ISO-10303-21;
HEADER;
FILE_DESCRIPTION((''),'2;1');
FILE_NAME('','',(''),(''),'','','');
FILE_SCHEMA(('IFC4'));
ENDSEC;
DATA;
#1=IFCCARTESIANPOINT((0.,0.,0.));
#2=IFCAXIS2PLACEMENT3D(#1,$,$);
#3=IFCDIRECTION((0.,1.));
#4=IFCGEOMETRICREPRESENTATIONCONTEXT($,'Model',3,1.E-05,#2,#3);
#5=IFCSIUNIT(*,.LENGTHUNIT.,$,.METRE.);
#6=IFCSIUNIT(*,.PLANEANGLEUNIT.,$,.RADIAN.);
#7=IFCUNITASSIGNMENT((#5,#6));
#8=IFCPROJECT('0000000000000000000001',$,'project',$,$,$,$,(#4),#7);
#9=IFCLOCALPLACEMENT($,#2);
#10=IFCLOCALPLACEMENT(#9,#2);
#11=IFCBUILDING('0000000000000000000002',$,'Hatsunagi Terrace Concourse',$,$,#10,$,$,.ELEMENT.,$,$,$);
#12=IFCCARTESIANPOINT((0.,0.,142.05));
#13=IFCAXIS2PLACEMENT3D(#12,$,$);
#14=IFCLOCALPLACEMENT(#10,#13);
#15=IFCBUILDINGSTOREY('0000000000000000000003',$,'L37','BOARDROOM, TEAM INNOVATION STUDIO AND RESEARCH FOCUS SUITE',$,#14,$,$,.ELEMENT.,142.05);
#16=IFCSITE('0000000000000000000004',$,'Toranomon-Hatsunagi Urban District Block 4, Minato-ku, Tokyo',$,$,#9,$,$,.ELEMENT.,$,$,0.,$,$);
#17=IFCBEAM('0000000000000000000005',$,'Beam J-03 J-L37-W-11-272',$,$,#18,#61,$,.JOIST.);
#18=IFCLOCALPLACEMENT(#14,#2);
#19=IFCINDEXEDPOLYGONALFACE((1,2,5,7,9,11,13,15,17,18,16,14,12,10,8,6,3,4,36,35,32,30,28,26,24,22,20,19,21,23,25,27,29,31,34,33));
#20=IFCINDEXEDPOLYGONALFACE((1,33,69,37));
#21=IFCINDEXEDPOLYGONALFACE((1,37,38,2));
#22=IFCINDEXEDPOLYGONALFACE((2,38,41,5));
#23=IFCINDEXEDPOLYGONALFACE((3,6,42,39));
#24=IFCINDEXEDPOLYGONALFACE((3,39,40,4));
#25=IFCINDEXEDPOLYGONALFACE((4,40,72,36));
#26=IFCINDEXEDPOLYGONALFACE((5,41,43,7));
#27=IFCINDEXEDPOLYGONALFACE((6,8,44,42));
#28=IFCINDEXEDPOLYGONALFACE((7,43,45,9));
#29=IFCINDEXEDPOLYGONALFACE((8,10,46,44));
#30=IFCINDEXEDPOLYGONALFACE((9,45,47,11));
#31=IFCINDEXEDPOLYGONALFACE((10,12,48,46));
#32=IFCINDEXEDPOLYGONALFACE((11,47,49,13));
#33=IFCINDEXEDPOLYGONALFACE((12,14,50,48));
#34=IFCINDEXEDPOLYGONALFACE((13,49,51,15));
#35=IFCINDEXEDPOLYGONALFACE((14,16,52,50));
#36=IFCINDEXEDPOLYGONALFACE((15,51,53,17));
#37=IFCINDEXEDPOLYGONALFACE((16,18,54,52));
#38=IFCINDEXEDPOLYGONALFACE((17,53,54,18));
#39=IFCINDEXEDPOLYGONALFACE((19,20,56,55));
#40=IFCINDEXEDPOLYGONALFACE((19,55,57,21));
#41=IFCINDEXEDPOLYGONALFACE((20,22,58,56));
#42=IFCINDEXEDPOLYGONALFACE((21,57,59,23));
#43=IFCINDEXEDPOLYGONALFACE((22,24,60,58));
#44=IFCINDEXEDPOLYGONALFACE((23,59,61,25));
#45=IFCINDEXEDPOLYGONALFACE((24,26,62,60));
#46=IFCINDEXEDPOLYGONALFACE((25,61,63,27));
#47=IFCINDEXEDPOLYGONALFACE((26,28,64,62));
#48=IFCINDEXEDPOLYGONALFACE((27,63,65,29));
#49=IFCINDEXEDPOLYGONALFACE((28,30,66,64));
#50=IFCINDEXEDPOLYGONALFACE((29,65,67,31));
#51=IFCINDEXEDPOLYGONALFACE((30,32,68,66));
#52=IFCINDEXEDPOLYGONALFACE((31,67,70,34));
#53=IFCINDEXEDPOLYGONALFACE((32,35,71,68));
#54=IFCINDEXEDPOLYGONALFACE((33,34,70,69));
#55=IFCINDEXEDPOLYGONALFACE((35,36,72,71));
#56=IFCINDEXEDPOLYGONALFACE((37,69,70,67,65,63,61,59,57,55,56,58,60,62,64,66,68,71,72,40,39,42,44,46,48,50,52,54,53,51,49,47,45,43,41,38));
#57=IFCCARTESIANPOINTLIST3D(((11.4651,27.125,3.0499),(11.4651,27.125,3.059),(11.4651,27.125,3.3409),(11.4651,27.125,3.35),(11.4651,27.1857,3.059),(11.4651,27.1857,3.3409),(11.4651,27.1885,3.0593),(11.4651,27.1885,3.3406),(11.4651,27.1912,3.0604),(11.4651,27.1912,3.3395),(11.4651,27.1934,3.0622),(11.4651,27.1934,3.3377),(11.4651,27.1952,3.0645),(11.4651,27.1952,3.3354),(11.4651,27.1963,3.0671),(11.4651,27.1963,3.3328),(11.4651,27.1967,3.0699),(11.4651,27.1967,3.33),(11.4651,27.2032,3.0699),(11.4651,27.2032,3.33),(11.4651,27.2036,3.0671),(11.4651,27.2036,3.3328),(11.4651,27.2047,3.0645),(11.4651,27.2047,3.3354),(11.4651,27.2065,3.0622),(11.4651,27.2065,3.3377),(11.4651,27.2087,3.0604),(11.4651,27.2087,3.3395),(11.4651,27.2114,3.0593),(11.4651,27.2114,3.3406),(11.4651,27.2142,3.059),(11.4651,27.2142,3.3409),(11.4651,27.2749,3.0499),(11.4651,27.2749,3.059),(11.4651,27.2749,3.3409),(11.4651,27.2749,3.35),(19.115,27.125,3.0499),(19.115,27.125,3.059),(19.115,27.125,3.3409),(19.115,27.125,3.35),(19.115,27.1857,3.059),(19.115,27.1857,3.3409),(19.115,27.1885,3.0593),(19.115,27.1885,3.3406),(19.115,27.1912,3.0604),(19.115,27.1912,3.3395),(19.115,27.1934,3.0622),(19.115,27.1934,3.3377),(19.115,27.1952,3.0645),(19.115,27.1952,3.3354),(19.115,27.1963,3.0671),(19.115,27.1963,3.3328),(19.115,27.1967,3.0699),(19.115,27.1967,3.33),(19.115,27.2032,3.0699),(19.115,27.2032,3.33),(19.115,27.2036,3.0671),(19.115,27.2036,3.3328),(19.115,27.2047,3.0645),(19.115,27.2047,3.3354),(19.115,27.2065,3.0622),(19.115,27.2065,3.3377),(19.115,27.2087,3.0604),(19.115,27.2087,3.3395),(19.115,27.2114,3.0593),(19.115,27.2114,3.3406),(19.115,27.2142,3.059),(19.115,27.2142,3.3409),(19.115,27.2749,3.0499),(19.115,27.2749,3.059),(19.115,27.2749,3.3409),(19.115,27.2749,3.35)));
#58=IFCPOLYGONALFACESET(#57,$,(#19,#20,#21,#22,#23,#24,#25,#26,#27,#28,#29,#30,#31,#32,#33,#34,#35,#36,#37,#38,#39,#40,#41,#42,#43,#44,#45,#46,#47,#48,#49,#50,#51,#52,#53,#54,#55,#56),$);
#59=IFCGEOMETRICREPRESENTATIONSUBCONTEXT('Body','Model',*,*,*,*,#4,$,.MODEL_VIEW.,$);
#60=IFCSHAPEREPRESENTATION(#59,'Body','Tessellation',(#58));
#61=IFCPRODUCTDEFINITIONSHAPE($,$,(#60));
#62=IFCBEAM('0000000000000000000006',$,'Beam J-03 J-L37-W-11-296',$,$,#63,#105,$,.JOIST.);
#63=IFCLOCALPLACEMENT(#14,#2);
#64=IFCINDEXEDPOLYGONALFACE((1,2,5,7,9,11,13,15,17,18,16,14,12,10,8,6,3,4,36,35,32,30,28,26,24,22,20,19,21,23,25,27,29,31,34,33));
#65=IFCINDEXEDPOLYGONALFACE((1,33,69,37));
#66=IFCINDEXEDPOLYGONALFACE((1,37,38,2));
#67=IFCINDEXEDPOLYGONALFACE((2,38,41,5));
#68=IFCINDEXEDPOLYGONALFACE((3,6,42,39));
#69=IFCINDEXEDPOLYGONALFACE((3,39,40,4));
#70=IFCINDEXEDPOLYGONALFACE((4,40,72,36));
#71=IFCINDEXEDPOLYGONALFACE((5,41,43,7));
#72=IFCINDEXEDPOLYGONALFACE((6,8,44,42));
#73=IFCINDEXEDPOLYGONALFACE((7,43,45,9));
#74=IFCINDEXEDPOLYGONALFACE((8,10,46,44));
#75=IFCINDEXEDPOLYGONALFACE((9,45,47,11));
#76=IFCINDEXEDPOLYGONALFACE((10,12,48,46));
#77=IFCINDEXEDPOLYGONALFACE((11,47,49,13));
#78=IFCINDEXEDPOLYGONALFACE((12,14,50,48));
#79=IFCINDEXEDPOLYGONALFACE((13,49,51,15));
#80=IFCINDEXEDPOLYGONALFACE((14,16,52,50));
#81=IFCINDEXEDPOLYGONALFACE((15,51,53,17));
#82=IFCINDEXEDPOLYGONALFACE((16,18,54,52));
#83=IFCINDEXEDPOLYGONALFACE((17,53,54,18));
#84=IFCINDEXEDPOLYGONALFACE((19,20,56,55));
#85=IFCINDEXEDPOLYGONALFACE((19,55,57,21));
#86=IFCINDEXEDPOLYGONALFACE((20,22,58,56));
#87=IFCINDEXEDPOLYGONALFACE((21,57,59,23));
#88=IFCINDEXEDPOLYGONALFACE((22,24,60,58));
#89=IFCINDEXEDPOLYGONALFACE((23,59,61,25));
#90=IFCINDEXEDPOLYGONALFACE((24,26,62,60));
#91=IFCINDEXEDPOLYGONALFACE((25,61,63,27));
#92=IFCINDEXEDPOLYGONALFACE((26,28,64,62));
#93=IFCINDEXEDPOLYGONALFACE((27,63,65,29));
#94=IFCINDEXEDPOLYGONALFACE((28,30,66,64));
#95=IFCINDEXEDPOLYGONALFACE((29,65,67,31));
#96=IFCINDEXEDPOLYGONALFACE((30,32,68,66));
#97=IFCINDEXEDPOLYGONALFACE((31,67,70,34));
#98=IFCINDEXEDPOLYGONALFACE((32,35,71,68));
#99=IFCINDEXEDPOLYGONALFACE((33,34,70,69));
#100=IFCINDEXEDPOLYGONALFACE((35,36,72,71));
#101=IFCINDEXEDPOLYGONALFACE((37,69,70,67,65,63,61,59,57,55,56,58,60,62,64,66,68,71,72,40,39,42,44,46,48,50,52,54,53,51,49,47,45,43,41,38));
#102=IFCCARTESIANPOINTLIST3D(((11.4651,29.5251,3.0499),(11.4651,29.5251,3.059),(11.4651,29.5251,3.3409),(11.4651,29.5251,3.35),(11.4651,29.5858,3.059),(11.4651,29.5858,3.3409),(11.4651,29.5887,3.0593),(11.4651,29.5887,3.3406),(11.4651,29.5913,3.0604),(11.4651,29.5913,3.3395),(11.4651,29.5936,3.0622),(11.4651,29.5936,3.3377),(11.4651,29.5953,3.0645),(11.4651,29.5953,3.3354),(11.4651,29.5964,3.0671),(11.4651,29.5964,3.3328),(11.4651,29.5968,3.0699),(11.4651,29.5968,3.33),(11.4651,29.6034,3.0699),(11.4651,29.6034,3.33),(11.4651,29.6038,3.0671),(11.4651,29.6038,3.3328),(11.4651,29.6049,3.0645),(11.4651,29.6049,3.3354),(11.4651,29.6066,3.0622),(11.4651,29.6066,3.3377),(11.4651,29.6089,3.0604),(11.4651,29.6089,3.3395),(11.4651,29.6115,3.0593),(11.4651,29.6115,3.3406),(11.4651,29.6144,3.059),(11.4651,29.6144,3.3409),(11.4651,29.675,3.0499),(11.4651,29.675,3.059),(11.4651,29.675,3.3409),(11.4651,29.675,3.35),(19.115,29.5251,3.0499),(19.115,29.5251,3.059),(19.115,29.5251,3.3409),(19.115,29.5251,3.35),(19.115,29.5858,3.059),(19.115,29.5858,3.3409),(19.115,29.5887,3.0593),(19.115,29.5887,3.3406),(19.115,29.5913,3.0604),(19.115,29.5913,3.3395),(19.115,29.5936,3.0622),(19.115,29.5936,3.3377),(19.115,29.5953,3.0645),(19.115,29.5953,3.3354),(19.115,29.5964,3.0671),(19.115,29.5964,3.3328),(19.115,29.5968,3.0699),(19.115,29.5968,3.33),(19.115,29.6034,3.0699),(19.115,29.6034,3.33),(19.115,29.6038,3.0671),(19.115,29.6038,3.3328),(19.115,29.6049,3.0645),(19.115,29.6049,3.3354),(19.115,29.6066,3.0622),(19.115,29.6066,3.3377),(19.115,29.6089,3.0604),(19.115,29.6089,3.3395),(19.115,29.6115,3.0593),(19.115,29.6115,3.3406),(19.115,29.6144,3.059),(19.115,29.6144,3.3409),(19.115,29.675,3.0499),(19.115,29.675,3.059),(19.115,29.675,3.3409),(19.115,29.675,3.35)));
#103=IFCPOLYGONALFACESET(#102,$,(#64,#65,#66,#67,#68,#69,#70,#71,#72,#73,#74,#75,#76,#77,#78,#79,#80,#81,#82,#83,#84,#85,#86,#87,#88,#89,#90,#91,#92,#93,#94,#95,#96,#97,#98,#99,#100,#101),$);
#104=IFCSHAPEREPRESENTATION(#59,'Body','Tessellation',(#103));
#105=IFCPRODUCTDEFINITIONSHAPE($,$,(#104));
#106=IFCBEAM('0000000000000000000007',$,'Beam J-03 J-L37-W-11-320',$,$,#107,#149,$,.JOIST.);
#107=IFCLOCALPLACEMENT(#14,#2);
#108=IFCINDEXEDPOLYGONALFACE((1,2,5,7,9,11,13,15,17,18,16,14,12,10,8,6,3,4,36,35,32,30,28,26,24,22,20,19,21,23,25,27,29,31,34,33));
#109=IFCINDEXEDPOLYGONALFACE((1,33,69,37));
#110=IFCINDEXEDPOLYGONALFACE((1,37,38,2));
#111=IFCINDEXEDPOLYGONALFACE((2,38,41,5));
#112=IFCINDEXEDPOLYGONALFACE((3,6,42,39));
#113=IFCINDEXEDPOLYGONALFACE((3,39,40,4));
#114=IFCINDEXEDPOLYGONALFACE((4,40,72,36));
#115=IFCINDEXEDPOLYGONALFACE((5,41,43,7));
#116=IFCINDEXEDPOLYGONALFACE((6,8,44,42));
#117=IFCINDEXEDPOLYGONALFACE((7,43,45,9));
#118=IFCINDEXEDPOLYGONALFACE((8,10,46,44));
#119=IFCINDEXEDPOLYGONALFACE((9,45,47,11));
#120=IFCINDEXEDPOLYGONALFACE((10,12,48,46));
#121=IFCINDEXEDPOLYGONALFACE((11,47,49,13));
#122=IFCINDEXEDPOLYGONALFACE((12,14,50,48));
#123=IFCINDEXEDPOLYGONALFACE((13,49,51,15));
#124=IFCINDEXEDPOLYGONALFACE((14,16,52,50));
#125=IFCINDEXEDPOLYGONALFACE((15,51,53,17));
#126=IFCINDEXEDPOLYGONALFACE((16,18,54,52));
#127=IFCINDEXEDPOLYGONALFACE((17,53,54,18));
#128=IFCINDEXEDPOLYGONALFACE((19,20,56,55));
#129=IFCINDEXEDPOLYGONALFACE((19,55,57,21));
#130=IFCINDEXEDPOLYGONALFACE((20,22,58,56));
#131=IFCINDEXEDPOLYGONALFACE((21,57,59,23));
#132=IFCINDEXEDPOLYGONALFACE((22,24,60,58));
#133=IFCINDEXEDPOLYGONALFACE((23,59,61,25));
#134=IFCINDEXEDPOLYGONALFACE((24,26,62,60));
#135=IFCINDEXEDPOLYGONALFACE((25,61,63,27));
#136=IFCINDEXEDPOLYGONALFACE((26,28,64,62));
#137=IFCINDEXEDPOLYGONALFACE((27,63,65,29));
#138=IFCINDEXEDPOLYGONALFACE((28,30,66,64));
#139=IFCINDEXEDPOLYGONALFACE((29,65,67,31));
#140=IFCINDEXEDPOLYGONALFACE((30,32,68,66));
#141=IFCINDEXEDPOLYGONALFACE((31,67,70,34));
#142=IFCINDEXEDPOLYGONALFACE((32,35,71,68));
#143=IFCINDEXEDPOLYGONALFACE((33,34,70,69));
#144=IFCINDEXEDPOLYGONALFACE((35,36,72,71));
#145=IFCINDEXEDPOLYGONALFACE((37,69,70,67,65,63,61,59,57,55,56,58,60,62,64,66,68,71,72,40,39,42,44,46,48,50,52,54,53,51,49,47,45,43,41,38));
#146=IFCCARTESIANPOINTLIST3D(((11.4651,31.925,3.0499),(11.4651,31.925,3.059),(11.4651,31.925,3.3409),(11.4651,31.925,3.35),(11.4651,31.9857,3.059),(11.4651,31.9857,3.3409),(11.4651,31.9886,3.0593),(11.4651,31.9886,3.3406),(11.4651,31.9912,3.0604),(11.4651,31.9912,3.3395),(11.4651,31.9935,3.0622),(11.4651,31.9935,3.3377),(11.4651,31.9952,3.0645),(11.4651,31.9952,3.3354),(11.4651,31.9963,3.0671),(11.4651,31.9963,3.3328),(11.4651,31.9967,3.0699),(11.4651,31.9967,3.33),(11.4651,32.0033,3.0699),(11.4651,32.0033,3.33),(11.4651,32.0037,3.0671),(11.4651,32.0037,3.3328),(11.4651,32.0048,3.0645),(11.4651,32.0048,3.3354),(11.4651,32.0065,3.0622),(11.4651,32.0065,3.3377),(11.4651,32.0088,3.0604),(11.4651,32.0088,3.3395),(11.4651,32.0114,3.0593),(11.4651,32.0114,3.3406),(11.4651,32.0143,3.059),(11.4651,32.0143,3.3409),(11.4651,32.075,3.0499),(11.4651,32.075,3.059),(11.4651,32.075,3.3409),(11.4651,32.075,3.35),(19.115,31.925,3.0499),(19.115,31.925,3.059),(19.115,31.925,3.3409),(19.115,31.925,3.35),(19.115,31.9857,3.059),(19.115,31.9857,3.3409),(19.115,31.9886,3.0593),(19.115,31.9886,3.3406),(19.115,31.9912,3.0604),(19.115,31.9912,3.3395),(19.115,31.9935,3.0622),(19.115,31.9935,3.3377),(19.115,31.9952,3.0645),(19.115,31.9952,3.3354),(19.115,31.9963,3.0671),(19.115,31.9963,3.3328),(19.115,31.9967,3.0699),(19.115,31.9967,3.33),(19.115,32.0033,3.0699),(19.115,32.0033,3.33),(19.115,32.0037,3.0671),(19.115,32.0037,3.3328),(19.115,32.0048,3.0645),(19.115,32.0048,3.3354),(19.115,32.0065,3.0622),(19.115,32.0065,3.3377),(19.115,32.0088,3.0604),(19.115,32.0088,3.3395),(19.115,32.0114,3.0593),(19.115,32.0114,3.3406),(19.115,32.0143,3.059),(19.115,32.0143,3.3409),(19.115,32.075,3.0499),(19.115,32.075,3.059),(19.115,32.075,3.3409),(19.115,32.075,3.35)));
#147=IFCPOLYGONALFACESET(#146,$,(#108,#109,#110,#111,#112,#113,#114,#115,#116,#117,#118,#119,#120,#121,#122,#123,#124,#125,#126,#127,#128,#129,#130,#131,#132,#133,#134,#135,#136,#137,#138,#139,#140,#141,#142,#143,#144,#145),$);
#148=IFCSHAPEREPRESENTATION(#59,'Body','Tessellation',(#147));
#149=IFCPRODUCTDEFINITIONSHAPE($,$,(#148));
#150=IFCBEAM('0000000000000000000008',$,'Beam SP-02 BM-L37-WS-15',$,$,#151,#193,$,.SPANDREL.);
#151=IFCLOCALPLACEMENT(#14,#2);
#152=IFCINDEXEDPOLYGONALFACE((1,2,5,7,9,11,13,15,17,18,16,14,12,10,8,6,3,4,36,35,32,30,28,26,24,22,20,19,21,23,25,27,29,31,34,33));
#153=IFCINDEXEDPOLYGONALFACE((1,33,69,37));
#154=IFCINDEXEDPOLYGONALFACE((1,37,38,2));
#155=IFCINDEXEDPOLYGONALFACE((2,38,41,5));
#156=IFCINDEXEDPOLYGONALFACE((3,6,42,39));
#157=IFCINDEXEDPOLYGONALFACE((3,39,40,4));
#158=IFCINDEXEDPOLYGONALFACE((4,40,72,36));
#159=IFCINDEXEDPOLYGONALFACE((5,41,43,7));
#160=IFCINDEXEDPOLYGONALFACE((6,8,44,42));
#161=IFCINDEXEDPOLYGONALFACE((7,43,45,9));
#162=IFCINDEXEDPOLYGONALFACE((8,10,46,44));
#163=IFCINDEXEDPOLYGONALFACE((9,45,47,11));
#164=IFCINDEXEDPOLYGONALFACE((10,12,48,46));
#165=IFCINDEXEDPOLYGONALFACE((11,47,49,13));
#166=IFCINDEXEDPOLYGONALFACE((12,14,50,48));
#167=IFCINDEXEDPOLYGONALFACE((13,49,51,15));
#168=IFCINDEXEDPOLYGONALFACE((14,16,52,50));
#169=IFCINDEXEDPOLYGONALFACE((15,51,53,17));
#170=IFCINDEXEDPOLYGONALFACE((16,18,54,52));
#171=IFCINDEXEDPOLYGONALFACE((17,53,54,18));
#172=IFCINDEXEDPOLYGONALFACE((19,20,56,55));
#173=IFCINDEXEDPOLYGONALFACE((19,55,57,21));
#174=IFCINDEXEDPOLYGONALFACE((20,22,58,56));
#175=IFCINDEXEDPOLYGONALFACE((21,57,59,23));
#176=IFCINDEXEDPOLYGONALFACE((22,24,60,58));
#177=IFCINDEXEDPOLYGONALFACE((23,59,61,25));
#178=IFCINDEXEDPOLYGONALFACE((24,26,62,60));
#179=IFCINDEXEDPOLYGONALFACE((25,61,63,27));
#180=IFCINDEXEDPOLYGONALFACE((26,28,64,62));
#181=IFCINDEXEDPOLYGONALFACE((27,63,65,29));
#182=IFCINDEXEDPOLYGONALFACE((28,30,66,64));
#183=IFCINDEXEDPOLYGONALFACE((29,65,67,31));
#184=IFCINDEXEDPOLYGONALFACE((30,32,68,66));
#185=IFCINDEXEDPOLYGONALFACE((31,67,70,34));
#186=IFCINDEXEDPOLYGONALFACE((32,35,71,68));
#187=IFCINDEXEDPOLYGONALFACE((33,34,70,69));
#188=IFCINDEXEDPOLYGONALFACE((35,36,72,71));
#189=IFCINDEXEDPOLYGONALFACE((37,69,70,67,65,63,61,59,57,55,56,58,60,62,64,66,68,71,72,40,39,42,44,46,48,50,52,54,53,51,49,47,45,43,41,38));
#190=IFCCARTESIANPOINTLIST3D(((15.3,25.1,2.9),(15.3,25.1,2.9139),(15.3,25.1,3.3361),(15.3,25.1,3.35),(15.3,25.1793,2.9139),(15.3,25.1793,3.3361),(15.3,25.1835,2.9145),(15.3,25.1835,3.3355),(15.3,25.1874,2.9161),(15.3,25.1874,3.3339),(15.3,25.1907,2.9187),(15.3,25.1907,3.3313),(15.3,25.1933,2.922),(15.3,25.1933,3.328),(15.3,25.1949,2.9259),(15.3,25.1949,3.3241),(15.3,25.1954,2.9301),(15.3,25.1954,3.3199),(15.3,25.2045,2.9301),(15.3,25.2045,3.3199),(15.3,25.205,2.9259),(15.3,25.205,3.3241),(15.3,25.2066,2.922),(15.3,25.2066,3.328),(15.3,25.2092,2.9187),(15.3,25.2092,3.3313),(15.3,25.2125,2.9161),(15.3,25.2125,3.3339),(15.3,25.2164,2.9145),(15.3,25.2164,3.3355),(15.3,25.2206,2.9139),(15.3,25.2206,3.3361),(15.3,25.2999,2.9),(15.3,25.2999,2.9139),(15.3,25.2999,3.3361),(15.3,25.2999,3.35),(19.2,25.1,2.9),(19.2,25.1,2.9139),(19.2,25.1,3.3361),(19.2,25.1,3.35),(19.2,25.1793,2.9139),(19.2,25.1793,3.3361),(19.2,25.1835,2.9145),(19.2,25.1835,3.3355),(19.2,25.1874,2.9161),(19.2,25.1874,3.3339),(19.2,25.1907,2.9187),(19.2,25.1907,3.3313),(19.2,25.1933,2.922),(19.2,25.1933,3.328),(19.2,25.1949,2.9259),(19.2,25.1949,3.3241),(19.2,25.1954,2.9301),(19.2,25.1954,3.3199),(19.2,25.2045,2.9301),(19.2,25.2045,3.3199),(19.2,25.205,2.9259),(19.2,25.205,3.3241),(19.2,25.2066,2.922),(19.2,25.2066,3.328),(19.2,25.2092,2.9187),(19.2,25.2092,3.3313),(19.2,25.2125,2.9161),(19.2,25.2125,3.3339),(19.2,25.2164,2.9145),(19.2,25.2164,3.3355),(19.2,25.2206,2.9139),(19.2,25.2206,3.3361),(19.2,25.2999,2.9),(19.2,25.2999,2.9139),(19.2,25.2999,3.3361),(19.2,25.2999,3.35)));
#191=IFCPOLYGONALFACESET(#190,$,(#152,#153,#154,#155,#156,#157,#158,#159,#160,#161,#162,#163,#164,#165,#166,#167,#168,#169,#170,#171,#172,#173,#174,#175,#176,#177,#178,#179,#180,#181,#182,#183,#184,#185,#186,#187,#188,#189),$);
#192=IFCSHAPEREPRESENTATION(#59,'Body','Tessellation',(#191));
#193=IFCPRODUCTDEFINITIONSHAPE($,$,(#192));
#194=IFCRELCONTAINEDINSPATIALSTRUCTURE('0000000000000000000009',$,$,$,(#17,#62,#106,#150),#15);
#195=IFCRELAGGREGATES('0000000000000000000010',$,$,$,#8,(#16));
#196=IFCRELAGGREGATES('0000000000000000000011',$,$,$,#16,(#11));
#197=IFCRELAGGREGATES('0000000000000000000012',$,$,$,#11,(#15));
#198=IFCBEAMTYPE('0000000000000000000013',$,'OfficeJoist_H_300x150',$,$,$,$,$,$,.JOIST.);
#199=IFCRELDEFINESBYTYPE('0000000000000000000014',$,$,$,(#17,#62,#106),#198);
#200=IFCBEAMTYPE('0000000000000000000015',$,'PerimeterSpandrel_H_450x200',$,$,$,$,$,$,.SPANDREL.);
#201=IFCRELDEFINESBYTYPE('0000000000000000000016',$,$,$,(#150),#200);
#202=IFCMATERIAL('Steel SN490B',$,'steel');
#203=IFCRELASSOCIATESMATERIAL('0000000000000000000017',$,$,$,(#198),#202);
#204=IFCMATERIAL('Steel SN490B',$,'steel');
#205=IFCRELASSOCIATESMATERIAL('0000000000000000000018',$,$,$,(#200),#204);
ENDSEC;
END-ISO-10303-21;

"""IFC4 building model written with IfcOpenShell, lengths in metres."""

from ifc_helpers import new_model, si_unit, direction, frame, origin, origin_2d, place, context, subcontext, project, spatial, i_section, extrude, material, material_profile, profile_set, type_object, element, save


model = new_model("IFC4")

# Units and contexts
model_context = context("Model", 3, precision=1e-05, world=origin(), true_north=direction((0.0, 1.0)))
body_context = subcontext(model_context, "Body", "Model", "MODEL_VIEW")
ifc_project = project(units=[si_unit("LENGTHUNIT", "METRE"), si_unit("PLANEANGLEUNIT", "RADIAN")], contexts=[model_context])

# Site, building, storey
site_placement = place(None, origin())
site = spatial("IfcSite", under=ifc_project, at=site_placement, Name="Toranomon-Hatsunagi Urban District Block 4, Minato-ku, Tokyo", CompositionType="ELEMENT", RefElevation=0.0)
building_placement = place(site_placement, origin())
building = spatial("IfcBuilding", under=site, at=building_placement, Name="Hatsunagi Terrace Concourse", CompositionType="ELEMENT")
storey_placement = place(building_placement, frame((0.0, 0.0, 142.05)))
storey = spatial("IfcBuildingStorey", under=building, at=storey_placement, Name="L37", Description="BOARDROOM, TEAM INNOVATION STUDIO AND RESEARCH FOCUS SUITE", CompositionType="ELEMENT", Elevation=142.05)

# Beams
ifc_material_1 = material(Name="Steel SN490B", Category="steel")
ifc_material_profile_1 = material_profile(ifc_material_1, i_section(OverallWidth=0.1499, OverallDepth=0.3, WebThickness=0.0066, FlangeThickness=0.009, FilletRadius=0.011, at=origin_2d()), Name="H-300x150x6.5x9")
ifc_profile_set_1 = profile_set([ifc_material_profile_1], Name="Steel SN490B")
beam_type_1 = type_object("IfcBeamType", Name="OfficeJoist_H_300x150", PredefinedType="JOIST", material=ifc_profile_set_1)
for number, where, z_axis, x_axis, name in (
    (1, (11.4651, 27.2, 3.2), (1.0, 0.0, 0.0), (0.0, 1.0, 0.0), "Beam J-03 J-L37-W-11-272"),
    (2, (11.4651, 29.6001, 3.2), (1.0, 0.0, 0.0), (0.0, 1.0, 0.0), "Beam J-03 J-L37-W-11-296"),
    (3, (11.4651, 32.0, 3.2), (1.0, 0.0, 0.0), (0.0, 1.0, 0.0), "Beam J-03 J-L37-W-11-320"),
):
    element("IfcBeam", number, at=place(storey_placement, frame(where, z_axis=z_axis, x_axis=x_axis)), inside=storey, type_object=beam_type_1, Name=name, PredefinedType="JOIST", context=body_context, shape_type="SweptSolid", body=[
        extrude(i_section(OverallWidth=0.1499, OverallDepth=0.3, WebThickness=0.0066, FlangeThickness=0.009, FilletRadius=0.011, at=origin_2d()), origin(), (0.0, 0.0, 1.0), 7.6499),
    ])
ifc_material_2 = material(Name="Steel SN490B", Category="steel")
ifc_material_profile_2 = material_profile(ifc_material_2, i_section(OverallWidth=0.2, OverallDepth=0.45, WebThickness=0.009, FlangeThickness=0.0139, FilletRadius=0.0161, at=origin_2d()), Name="H-450x200x9x14")
ifc_profile_set_2 = profile_set([ifc_material_profile_2], Name="Steel SN490B")
beam_type_2 = type_object("IfcBeamType", Name="PerimeterSpandrel_H_450x200", PredefinedType="SPANDREL", material=ifc_profile_set_2)
beam_placement = place(storey_placement, frame((15.3, 25.2, 3.125), z_axis=(1.0, 0.0, 0.0), x_axis=(0.0, 1.0, 0.0)))
element("IfcBeam", 4, at=beam_placement, inside=storey, type_object=beam_type_2, Name="Beam SP-02 BM-L37-WS-15", PredefinedType="SPANDREL", context=body_context, shape_type="SweptSolid", body=[
    extrude(i_section(OverallWidth=0.2, OverallDepth=0.45, WebThickness=0.009, FlangeThickness=0.0139, FilletRadius=0.0161, at=origin_2d()), origin(), (0.0, 0.0, 1.0), 3.8999),
])

save(model, "model.ifc")
